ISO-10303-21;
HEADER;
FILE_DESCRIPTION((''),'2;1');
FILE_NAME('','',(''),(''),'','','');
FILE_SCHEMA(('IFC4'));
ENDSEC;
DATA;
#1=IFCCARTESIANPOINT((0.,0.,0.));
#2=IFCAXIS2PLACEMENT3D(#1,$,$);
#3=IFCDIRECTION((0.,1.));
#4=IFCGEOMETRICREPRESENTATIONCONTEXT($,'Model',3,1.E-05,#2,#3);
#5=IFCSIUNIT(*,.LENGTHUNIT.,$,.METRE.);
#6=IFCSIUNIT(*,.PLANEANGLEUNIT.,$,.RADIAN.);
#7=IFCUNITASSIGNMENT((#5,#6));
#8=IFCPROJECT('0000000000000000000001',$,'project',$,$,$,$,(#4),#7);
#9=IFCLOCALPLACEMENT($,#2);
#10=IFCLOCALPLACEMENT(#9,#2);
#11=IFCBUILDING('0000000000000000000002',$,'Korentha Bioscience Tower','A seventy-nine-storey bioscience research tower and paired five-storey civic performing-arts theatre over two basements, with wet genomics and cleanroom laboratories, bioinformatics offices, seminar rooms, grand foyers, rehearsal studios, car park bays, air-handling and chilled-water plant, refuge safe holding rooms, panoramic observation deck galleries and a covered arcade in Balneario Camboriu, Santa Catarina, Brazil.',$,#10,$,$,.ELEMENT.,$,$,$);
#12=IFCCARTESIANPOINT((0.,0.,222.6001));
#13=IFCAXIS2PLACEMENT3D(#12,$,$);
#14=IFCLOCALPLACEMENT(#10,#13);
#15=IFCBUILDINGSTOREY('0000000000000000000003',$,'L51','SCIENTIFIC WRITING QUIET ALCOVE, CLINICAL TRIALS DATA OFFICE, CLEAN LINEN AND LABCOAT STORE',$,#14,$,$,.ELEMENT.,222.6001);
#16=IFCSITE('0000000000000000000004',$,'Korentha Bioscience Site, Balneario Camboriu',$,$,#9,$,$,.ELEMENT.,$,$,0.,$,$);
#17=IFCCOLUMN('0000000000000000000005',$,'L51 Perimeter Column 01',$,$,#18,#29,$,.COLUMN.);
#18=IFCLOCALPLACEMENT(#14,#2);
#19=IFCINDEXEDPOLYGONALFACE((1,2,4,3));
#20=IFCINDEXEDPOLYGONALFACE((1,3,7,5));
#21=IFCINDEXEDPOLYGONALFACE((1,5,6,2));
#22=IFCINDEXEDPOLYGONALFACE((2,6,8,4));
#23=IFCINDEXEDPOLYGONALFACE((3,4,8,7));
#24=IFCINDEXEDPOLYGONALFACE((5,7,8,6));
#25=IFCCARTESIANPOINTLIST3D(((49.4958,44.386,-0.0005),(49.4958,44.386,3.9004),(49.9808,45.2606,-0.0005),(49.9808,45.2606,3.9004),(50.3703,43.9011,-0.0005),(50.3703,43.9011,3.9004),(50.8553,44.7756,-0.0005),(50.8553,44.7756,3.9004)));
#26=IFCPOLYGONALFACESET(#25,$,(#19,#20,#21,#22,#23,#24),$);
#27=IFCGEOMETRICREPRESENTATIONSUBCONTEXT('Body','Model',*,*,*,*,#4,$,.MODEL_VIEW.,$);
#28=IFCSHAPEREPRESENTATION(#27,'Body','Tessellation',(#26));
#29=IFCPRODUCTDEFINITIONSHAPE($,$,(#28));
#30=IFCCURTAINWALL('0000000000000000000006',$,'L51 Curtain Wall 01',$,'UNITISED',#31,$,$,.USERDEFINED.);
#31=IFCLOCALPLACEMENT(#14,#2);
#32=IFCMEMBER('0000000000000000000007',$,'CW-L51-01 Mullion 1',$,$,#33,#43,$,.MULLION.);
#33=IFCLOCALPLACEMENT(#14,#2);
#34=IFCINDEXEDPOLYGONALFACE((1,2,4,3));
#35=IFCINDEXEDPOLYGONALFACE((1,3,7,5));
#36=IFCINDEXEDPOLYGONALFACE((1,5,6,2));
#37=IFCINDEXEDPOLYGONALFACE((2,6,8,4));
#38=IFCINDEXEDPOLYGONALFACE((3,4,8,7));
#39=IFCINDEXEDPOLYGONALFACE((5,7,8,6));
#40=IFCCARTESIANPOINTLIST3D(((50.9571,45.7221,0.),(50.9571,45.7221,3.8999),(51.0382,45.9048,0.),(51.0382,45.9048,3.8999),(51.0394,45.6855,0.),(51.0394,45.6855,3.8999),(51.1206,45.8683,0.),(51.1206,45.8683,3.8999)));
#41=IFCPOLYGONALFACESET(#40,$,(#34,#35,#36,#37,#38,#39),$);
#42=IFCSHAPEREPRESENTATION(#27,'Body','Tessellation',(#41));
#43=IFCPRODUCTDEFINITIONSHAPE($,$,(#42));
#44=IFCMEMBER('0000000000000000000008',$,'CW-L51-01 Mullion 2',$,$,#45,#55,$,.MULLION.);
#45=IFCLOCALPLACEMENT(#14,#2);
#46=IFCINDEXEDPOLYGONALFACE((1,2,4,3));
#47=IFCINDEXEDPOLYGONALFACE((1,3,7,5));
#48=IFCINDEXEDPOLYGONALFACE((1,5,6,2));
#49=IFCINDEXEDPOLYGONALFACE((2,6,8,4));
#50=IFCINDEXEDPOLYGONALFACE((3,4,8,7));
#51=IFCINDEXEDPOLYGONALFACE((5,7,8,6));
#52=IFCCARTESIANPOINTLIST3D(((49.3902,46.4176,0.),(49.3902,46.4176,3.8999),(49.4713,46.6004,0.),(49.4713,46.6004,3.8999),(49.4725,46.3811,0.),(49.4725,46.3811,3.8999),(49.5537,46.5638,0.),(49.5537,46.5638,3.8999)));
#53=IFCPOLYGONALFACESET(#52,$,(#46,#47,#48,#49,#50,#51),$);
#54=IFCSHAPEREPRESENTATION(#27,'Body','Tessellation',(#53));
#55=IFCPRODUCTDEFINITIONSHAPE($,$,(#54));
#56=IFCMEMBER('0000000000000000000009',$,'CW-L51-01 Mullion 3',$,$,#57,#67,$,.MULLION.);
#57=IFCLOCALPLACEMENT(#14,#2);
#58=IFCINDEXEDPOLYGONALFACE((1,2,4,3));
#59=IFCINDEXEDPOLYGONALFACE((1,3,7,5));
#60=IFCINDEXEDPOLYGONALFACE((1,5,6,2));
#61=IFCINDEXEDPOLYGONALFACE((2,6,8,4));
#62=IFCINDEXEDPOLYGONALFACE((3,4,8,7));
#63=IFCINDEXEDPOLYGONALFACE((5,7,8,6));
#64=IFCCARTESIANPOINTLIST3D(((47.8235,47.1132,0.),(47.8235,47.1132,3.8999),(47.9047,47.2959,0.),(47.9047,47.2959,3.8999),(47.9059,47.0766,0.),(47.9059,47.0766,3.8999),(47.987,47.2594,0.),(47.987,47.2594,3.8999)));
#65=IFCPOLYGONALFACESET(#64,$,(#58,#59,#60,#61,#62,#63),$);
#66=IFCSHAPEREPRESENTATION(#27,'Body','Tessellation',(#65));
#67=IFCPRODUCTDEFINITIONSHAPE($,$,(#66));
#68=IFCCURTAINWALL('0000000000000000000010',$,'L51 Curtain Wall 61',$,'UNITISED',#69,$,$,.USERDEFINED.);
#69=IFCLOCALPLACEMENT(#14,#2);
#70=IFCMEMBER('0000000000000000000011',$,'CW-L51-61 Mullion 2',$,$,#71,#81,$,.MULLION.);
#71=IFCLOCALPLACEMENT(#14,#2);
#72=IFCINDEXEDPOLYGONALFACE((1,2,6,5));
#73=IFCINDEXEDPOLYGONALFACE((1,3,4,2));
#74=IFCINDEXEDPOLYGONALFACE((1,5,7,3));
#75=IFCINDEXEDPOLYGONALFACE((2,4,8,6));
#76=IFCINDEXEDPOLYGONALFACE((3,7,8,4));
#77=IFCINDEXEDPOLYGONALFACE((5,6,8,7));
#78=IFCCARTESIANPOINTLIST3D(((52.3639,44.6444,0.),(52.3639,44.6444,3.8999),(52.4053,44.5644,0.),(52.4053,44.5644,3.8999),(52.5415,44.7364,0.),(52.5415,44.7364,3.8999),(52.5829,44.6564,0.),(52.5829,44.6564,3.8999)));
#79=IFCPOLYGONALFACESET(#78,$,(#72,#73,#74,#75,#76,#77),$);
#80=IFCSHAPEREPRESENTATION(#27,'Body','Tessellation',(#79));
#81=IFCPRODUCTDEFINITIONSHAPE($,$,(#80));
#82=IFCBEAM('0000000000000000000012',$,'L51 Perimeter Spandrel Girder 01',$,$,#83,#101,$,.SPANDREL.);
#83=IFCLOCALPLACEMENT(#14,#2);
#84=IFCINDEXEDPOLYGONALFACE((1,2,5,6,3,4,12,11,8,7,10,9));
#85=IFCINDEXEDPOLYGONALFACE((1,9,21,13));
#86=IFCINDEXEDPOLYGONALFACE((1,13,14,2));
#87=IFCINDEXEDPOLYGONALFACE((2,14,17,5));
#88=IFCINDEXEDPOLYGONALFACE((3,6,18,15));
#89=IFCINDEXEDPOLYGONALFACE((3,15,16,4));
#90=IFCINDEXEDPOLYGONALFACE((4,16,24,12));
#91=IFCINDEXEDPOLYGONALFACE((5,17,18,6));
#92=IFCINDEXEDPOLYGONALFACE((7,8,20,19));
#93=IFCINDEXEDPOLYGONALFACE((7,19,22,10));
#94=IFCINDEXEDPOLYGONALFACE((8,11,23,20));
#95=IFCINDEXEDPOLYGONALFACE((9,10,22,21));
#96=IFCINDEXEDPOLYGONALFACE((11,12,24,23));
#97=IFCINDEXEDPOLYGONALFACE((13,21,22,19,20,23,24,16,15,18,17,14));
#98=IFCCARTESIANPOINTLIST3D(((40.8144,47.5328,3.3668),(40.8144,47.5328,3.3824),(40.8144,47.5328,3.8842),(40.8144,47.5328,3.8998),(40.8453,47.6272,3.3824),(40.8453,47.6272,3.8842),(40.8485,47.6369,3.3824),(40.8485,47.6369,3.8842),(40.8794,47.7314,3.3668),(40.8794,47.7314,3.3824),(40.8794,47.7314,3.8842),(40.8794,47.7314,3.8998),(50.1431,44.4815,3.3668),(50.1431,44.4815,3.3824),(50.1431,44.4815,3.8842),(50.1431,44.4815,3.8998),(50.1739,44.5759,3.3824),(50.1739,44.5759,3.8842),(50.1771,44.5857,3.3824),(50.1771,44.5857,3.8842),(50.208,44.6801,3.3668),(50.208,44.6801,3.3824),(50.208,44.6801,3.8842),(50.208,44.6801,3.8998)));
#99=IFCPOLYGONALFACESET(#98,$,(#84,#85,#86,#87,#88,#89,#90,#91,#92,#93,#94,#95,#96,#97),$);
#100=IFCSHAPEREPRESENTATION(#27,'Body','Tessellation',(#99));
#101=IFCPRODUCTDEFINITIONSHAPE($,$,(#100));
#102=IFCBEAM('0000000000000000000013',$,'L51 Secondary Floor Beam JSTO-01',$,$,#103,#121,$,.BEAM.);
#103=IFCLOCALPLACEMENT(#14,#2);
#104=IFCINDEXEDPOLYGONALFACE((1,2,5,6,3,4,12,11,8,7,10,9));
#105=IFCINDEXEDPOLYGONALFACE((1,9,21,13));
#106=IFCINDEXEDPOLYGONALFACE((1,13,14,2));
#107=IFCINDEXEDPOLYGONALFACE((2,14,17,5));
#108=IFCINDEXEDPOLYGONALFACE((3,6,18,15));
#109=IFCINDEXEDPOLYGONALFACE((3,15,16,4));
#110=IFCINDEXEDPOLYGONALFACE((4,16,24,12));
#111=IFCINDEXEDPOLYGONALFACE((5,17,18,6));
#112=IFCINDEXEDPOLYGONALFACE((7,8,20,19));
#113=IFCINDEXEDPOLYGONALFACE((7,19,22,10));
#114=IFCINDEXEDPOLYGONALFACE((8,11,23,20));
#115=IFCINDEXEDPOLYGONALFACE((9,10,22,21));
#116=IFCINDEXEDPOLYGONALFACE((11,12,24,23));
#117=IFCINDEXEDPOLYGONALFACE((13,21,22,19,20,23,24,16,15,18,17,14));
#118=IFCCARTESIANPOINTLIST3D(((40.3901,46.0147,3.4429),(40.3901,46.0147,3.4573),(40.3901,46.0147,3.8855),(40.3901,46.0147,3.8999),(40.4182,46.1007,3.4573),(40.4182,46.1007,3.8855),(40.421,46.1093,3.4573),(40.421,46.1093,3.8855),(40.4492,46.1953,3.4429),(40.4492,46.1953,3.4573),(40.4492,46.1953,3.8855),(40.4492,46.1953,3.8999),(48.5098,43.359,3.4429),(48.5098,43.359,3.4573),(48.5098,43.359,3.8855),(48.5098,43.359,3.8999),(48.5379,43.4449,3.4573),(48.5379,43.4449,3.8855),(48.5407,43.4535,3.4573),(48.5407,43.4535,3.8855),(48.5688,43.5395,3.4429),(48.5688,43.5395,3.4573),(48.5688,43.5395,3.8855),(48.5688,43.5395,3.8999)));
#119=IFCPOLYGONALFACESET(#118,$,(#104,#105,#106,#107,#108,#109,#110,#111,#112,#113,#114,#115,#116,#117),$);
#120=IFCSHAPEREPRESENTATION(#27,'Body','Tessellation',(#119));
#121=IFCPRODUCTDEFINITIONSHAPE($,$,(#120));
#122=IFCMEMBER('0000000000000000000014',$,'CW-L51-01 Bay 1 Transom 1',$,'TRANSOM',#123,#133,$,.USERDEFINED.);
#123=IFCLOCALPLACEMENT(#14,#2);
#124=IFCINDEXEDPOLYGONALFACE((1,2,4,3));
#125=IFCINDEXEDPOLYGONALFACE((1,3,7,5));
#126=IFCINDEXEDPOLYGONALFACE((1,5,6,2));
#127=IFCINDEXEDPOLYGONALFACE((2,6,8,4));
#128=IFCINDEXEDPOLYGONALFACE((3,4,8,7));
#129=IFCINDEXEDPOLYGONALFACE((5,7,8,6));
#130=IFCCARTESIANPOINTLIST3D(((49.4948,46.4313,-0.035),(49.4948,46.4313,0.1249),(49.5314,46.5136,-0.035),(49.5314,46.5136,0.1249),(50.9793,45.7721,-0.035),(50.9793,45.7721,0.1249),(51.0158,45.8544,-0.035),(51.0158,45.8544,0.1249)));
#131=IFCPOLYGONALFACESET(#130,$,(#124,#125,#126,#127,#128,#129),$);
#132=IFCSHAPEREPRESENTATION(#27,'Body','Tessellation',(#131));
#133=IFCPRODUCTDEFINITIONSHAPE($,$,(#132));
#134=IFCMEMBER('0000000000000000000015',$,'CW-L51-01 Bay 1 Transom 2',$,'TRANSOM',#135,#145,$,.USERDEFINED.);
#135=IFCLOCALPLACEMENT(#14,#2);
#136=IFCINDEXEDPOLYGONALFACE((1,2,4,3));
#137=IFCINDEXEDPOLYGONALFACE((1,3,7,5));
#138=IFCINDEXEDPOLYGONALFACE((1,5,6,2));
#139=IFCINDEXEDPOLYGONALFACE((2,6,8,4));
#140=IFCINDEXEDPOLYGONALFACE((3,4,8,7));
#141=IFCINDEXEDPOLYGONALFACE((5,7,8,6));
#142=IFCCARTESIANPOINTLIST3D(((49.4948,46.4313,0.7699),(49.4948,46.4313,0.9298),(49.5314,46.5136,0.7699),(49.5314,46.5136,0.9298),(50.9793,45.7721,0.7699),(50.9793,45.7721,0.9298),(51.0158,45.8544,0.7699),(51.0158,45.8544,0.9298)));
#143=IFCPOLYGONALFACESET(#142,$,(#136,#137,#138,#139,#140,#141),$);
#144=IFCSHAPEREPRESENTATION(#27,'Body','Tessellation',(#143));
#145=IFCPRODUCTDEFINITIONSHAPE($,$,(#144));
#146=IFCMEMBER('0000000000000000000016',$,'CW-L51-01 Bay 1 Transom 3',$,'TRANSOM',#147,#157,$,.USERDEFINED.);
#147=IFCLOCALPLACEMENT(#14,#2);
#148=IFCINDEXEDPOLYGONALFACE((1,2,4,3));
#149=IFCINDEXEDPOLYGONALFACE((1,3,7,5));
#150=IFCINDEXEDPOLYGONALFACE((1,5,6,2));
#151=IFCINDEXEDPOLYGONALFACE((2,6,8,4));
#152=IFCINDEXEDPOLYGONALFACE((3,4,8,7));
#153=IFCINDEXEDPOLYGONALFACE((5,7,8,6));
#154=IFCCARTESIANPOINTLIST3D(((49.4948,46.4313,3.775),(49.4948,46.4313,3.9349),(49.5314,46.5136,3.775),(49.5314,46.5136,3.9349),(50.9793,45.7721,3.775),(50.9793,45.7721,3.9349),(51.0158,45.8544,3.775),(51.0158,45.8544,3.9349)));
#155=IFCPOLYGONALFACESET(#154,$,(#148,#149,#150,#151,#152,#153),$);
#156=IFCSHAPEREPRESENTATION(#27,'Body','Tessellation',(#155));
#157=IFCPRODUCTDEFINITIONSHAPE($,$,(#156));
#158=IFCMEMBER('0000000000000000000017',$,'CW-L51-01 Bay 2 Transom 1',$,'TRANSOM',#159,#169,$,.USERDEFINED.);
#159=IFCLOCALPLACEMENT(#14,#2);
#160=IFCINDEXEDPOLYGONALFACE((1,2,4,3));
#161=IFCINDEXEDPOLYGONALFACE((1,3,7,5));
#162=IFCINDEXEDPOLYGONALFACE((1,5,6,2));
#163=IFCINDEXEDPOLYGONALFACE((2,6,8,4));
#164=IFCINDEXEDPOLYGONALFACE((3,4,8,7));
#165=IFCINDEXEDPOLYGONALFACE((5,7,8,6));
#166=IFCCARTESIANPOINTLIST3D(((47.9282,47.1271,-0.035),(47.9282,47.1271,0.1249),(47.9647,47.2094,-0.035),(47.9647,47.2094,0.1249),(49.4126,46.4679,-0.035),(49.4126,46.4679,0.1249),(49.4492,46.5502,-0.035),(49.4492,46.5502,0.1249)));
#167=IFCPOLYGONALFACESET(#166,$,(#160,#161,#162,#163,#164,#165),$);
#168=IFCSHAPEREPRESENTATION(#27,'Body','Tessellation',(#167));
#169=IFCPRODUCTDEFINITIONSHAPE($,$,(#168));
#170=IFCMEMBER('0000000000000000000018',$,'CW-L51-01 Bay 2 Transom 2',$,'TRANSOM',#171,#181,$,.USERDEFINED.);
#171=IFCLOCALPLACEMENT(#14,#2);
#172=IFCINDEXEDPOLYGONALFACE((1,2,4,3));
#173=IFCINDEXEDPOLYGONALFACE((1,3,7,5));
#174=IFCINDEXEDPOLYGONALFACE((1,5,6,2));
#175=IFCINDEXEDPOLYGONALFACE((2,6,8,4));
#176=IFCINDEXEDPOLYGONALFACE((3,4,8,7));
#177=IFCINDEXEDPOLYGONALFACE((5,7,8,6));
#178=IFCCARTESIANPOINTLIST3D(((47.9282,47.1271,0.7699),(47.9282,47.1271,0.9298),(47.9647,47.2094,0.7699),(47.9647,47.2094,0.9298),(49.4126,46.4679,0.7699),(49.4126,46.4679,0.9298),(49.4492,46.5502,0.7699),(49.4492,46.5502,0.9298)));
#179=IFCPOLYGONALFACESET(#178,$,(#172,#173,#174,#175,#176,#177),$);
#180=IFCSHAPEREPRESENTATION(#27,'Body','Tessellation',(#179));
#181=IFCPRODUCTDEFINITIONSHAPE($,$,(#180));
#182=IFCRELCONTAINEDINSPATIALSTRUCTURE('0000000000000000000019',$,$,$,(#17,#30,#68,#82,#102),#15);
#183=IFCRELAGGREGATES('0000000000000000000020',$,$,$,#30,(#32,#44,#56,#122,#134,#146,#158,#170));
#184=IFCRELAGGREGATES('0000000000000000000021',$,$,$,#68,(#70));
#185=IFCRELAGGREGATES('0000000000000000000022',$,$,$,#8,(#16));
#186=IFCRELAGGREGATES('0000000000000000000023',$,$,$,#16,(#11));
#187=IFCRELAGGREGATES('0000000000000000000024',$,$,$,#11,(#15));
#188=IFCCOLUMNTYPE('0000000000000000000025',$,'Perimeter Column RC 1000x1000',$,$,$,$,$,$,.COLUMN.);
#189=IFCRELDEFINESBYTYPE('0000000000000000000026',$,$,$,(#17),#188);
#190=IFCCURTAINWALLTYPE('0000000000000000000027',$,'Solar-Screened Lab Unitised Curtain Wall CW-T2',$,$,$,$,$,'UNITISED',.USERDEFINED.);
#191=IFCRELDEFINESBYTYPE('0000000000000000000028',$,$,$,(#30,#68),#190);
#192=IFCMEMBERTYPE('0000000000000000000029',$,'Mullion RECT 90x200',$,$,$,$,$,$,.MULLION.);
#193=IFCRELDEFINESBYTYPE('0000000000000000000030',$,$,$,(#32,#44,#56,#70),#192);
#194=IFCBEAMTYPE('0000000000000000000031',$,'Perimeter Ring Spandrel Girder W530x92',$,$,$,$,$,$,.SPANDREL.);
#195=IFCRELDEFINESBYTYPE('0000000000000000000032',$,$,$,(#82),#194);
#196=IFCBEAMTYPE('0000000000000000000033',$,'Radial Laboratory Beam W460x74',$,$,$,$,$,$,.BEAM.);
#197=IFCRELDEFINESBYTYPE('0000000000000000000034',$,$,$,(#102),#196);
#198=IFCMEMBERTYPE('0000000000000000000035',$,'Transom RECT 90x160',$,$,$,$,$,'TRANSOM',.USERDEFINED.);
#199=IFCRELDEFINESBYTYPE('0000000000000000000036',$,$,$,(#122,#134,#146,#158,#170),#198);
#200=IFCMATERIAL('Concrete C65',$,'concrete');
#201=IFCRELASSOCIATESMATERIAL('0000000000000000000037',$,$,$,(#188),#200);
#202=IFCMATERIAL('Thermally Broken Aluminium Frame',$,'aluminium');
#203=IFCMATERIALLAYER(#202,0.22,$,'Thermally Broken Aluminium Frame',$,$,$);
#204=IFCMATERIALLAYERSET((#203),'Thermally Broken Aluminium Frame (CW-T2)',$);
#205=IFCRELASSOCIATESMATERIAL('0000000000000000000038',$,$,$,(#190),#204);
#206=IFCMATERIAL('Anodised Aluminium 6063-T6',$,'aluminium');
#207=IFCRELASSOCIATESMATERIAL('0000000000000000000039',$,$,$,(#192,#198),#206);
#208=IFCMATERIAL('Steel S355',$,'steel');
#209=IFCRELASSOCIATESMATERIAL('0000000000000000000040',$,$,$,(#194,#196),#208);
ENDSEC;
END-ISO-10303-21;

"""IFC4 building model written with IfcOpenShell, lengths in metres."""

from ifc_helpers import new_model, si_unit, direction, frame, origin, origin_2d, place, context, subcontext, project, spatial, rectangle, i_section, extrude, material, layer, layer_set, material_profile, profile_set, type_object, element, aggregate, save


model = new_model("IFC4")

# Units and contexts
model_context = context("Model", 3, precision=1e-05, world=origin(), true_north=direction((0.0, 1.0)))
body_context = subcontext(model_context, "Body", "Model", "MODEL_VIEW")
ifc_project = project(units=[si_unit("LENGTHUNIT", "METRE"), si_unit("PLANEANGLEUNIT", "RADIAN")], contexts=[model_context])

# Site, building, storey
site_placement = place(None, origin())
site = spatial("IfcSite", under=ifc_project, at=site_placement, Name="Korentha Bioscience Site, Balneario Camboriu", CompositionType="ELEMENT", RefElevation=0.0)
building_placement = place(site_placement, origin())
building = spatial("IfcBuilding", under=site, at=building_placement, Name="Korentha Bioscience Tower", Description="A seventy-nine-storey bioscience research tower and paired five-storey civic performing-arts theatre over two basements, with wet genomics and cleanroom laboratories, bioinformatics offices, seminar rooms, grand foyers, rehearsal studios, car park bays, air-handling and chilled-water plant, refuge safe holding rooms, panoramic observation deck galleries and a covered arcade in Balneario Camboriu, Santa Catarina, Brazil.", CompositionType="ELEMENT")
storey_placement = place(building_placement, frame((0.0, 0.0, 222.6001)))
storey = spatial("IfcBuildingStorey", under=building, at=storey_placement, Name="L51", Description="SCIENTIFIC WRITING QUIET ALCOVE, CLINICAL TRIALS DATA OFFICE, CLEAN LINEN AND LABCOAT STORE", CompositionType="ELEMENT", Elevation=222.6001)

# Column
ifc_material_1 = material(Name="Concrete C65", Category="concrete")
ifc_material_profile_1 = material_profile(ifc_material_1, rectangle(XDim=1.0, YDim=1.0, at=origin_2d()), Name="Concrete C65")
ifc_profile_set_1 = profile_set([ifc_material_profile_1], Name="Concrete C65 (COL-P10)")
column_type = type_object("IfcColumnType", Name="Perimeter Column RC 1000x1000", PredefinedType="COLUMN", material=ifc_profile_set_1)
column_placement = place(storey_placement, frame((50.1755, 44.5808, -0.0005), z_axis=(0.0, 0.0, 1.0), x_axis=(-0.874535, 0.484962, 0.0)))
element("IfcColumn", 1, at=column_placement, inside=storey, type_object=column_type, Name="L51 Perimeter Column 01", PredefinedType="COLUMN", context=body_context, shape_type="SweptSolid", body=[
    extrude(rectangle(XDim=1.0, YDim=1.0, at=origin_2d()), origin(), (0.0, 0.0, 1.0), 3.9009),
])

# Curtain wall, members
ifc_material_2 = material(Name="Thermally Broken Aluminium Frame", Category="aluminium")
ifc_layer_1 = layer(ifc_material_2, 0.22, Name="Thermally Broken Aluminium Frame")
ifc_layer_set_1 = layer_set([ifc_layer_1], Name="Thermally Broken Aluminium Frame (CW-T2)")
curtain_wall_type = type_object("IfcCurtainWallType", Name="Solar-Screened Lab Unitised Curtain Wall CW-T2", ElementType="UNITISED", PredefinedType="USERDEFINED", material=ifc_layer_set_1)
curtain_wall_1_placement = place(storey_placement, origin())
curtain_wall_1 = element("IfcCurtainWall", 2, at=curtain_wall_1_placement, inside=storey, type_object=curtain_wall_type, Name="L51 Curtain Wall 01", ObjectType="UNITISED", PredefinedType="USERDEFINED")
ifc_material_3 = material(Name="Anodised Aluminium 6063-T6", Category="aluminium")
ifc_material_profile_2 = material_profile(ifc_material_3, rectangle(XDim=0.0901, YDim=0.2, at=origin_2d()), Name="Anodised Aluminium 6063-T6")
ifc_profile_set_2 = profile_set([ifc_material_profile_2], Name="Anodised Aluminium 6063-T6 (CW-MUL)")
member_type_1 = type_object("IfcMemberType", Name="Mullion RECT 90x200", PredefinedType="MULLION", material=ifc_profile_set_2)
member_1_placement = place(storey_placement, frame((51.0388, 45.7952, 0.0), z_axis=(0.0, 0.0, 1.0), x_axis=(-0.913944, 0.40584, 0.0)))
member_1 = element("IfcMember", 3, at=member_1_placement, type_object=member_type_1, Name="CW-L51-01 Mullion 1", PredefinedType="MULLION", context=body_context, shape_type="SweptSolid", body=[
    extrude(rectangle(XDim=0.0901, YDim=0.2, at=origin_2d()), origin(), (0.0, 0.0, 1.0), 3.8999),
])
member_2_placement = place(storey_placement, frame((49.4719, 46.4907, 0.0), z_axis=(0.0, 0.0, 1.0), x_axis=(-0.913944, 0.40584, 0.0)))
member_2 = element("IfcMember", 4, at=member_2_placement, type_object=member_type_1, Name="CW-L51-01 Mullion 2", PredefinedType="MULLION", context=body_context, shape_type="SweptSolid", body=[
    extrude(rectangle(XDim=0.0901, YDim=0.2, at=origin_2d()), origin(), (0.0, 0.0, 1.0), 3.8999),
])
member_3_placement = place(storey_placement, frame((47.9053, 47.1863, 0.0), z_axis=(0.0, 0.0, 1.0), x_axis=(-0.913944, 0.40584, 0.0)))
member_3 = element("IfcMember", 5, at=member_3_placement, type_object=member_type_1, Name="CW-L51-01 Mullion 3", PredefinedType="MULLION", context=body_context, shape_type="SweptSolid", body=[
    extrude(rectangle(XDim=0.0901, YDim=0.2, at=origin_2d()), origin(), (0.0, 0.0, 1.0), 3.8999),
])

# Curtain wall, member
curtain_wall_2_placement = place(storey_placement, origin())
curtain_wall_2 = element("IfcCurtainWall", 6, at=curtain_wall_2_placement, inside=storey, type_object=curtain_wall_type, Name="L51 Curtain Wall 61", ObjectType="UNITISED", PredefinedType="USERDEFINED")
member_4_placement = place(storey_placement, frame((52.4734, 44.6504, 0.0), z_axis=(0.0, 0.0, 1.0), x_axis=(-0.459738, 0.888055, 0.0)))
member_4 = element("IfcMember", 7, at=member_4_placement, type_object=member_type_1, Name="CW-L51-61 Mullion 2", PredefinedType="MULLION", context=body_context, shape_type="SweptSolid", body=[
    extrude(rectangle(XDim=0.0901, YDim=0.2, at=origin_2d()), origin(), (0.0, 0.0, 1.0), 3.8999),
])

# Beams
ifc_material_4 = material(Name="Steel S355", Category="steel")
ifc_material_profile_3 = material_profile(ifc_material_4, i_section(OverallWidth=0.209, OverallDepth=0.533, WebThickness=0.0103, FlangeThickness=0.0156, at=origin_2d()), Name="Steel S355")
ifc_profile_set_3 = profile_set([ifc_material_profile_3], Name="Steel S355 (SB-530)")
beam_type_1 = type_object("IfcBeamType", Name="Perimeter Ring Spandrel Girder W530x92", PredefinedType="SPANDREL", material=ifc_profile_set_3)
beam_1_placement = place(storey_placement, frame((50.1755, 44.5808, 3.6333), z_axis=(-0.950449, 0.31088, 0.0), x_axis=(-0.31088, -0.950449, 0.0)))
element("IfcBeam", 8, at=beam_1_placement, inside=storey, type_object=beam_type_1, Name="L51 Perimeter Spandrel Girder 01", PredefinedType="SPANDREL", context=body_context, shape_type="SweptSolid", body=[
    extrude(i_section(OverallWidth=0.209, OverallDepth=0.533, WebThickness=0.0103, FlangeThickness=0.0156, at=origin_2d()), origin(), (0.0, 0.0, 1.0), 9.8149),
])
ifc_material_profile_4 = material_profile(ifc_material_4, i_section(OverallWidth=0.1899, OverallDepth=0.457, WebThickness=0.009, FlangeThickness=0.0144, at=origin_2d()), Name="Steel S355")
ifc_profile_set_4 = profile_set([ifc_material_profile_4], Name="Steel S355 (RB-460)")
beam_type_2 = type_object("IfcBeamType", Name="Radial Laboratory Beam W460x74", PredefinedType="BEAM", material=ifc_profile_set_4)
beam_2_placement = place(storey_placement, frame((48.5393, 43.4492, 3.6714), z_axis=(-0.950451, 0.310873, 0.0), x_axis=(-0.310873, -0.950451, 0.0)))
element("IfcBeam", 9, at=beam_2_placement, inside=storey, type_object=beam_type_2, Name="L51 Secondary Floor Beam JSTO-01", PredefinedType="BEAM", context=body_context, shape_type="SweptSolid", body=[
    extrude(i_section(OverallWidth=0.1899, OverallDepth=0.457, WebThickness=0.009, FlangeThickness=0.0144, at=origin_2d()), origin(), (0.0, 0.0, 1.0), 8.543),
])

# Members
ifc_material_profile_5 = material_profile(ifc_material_3, rectangle(XDim=0.0901, YDim=0.1599, at=origin_2d()), Name="Anodised Aluminium 6063-T6")
ifc_profile_set_5 = profile_set([ifc_material_profile_5], Name="Anodised Aluminium 6063-T6 (CW-TRN)")
member_type_2 = type_object("IfcMemberType", Name="Transom RECT 90x160", ElementType="TRANSOM", PredefinedType="USERDEFINED", material=ifc_profile_set_5)
member_5_placement = place(storey_placement, frame((50.9976, 45.8132, 0.0449), z_axis=(-0.913935, 0.40586, 0.0), x_axis=(-0.40586, -0.913935, 0.0)))
member_5 = element("IfcMember", 10, at=member_5_placement, type_object=member_type_2, Name="CW-L51-01 Bay 1 Transom 1", ObjectType="TRANSOM", PredefinedType="USERDEFINED", context=body_context, shape_type="SweptSolid", body=[
    extrude(rectangle(XDim=0.0901, YDim=0.1599, at=origin_2d()), origin(), (0.0, 0.0, 1.0), 1.6243),
])
member_6_placement = place(storey_placement, frame((50.9976, 45.8132, 0.8499), z_axis=(-0.913935, 0.40586, 0.0), x_axis=(-0.40586, -0.913935, 0.0)))
member_6 = element("IfcMember", 11, at=member_6_placement, type_object=member_type_2, Name="CW-L51-01 Bay 1 Transom 2", ObjectType="TRANSOM", PredefinedType="USERDEFINED", context=body_context, shape_type="SweptSolid", body=[
    extrude(rectangle(XDim=0.0901, YDim=0.1599, at=origin_2d()), origin(), (0.0, 0.0, 1.0), 1.6243),
])
member_7_placement = place(storey_placement, frame((50.9976, 45.8132, 3.855), z_axis=(-0.913935, 0.40586, 0.0), x_axis=(-0.40586, -0.913935, 0.0)))
member_7 = element("IfcMember", 12, at=member_7_placement, type_object=member_type_2, Name="CW-L51-01 Bay 1 Transom 3", ObjectType="TRANSOM", PredefinedType="USERDEFINED", context=body_context, shape_type="SweptSolid", body=[
    extrude(rectangle(XDim=0.0901, YDim=0.1599, at=origin_2d()), origin(), (0.0, 0.0, 1.0), 1.6243),
])
member_8_placement = place(storey_placement, frame((49.4309, 46.509, 0.0449), z_axis=(-0.913935, 0.40586, 0.0), x_axis=(-0.40586, -0.913935, 0.0)))
member_8 = element("IfcMember", 13, at=member_8_placement, type_object=member_type_2, Name="CW-L51-01 Bay 2 Transom 1", ObjectType="TRANSOM", PredefinedType="USERDEFINED", context=body_context, shape_type="SweptSolid", body=[
    extrude(rectangle(XDim=0.0901, YDim=0.1599, at=origin_2d()), origin(), (0.0, 0.0, 1.0), 1.6243),
])
member_9_placement = place(storey_placement, frame((49.4309, 46.509, 0.8499), z_axis=(-0.913935, 0.40586, 0.0), x_axis=(-0.40586, -0.913935, 0.0)))
member_9 = element("IfcMember", 14, at=member_9_placement, type_object=member_type_2, Name="CW-L51-01 Bay 2 Transom 2", ObjectType="TRANSOM", PredefinedType="USERDEFINED", context=body_context, shape_type="SweptSolid", body=[
    extrude(rectangle(XDim=0.0901, YDim=0.1599, at=origin_2d()), origin(), (0.0, 0.0, 1.0), 1.6243),
])

aggregate(curtain_wall_1, [member_1, member_2, member_3, member_5, member_6, member_7, member_8, member_9])
aggregate(curtain_wall_2, [member_4])

save(model, "model.ifc")
